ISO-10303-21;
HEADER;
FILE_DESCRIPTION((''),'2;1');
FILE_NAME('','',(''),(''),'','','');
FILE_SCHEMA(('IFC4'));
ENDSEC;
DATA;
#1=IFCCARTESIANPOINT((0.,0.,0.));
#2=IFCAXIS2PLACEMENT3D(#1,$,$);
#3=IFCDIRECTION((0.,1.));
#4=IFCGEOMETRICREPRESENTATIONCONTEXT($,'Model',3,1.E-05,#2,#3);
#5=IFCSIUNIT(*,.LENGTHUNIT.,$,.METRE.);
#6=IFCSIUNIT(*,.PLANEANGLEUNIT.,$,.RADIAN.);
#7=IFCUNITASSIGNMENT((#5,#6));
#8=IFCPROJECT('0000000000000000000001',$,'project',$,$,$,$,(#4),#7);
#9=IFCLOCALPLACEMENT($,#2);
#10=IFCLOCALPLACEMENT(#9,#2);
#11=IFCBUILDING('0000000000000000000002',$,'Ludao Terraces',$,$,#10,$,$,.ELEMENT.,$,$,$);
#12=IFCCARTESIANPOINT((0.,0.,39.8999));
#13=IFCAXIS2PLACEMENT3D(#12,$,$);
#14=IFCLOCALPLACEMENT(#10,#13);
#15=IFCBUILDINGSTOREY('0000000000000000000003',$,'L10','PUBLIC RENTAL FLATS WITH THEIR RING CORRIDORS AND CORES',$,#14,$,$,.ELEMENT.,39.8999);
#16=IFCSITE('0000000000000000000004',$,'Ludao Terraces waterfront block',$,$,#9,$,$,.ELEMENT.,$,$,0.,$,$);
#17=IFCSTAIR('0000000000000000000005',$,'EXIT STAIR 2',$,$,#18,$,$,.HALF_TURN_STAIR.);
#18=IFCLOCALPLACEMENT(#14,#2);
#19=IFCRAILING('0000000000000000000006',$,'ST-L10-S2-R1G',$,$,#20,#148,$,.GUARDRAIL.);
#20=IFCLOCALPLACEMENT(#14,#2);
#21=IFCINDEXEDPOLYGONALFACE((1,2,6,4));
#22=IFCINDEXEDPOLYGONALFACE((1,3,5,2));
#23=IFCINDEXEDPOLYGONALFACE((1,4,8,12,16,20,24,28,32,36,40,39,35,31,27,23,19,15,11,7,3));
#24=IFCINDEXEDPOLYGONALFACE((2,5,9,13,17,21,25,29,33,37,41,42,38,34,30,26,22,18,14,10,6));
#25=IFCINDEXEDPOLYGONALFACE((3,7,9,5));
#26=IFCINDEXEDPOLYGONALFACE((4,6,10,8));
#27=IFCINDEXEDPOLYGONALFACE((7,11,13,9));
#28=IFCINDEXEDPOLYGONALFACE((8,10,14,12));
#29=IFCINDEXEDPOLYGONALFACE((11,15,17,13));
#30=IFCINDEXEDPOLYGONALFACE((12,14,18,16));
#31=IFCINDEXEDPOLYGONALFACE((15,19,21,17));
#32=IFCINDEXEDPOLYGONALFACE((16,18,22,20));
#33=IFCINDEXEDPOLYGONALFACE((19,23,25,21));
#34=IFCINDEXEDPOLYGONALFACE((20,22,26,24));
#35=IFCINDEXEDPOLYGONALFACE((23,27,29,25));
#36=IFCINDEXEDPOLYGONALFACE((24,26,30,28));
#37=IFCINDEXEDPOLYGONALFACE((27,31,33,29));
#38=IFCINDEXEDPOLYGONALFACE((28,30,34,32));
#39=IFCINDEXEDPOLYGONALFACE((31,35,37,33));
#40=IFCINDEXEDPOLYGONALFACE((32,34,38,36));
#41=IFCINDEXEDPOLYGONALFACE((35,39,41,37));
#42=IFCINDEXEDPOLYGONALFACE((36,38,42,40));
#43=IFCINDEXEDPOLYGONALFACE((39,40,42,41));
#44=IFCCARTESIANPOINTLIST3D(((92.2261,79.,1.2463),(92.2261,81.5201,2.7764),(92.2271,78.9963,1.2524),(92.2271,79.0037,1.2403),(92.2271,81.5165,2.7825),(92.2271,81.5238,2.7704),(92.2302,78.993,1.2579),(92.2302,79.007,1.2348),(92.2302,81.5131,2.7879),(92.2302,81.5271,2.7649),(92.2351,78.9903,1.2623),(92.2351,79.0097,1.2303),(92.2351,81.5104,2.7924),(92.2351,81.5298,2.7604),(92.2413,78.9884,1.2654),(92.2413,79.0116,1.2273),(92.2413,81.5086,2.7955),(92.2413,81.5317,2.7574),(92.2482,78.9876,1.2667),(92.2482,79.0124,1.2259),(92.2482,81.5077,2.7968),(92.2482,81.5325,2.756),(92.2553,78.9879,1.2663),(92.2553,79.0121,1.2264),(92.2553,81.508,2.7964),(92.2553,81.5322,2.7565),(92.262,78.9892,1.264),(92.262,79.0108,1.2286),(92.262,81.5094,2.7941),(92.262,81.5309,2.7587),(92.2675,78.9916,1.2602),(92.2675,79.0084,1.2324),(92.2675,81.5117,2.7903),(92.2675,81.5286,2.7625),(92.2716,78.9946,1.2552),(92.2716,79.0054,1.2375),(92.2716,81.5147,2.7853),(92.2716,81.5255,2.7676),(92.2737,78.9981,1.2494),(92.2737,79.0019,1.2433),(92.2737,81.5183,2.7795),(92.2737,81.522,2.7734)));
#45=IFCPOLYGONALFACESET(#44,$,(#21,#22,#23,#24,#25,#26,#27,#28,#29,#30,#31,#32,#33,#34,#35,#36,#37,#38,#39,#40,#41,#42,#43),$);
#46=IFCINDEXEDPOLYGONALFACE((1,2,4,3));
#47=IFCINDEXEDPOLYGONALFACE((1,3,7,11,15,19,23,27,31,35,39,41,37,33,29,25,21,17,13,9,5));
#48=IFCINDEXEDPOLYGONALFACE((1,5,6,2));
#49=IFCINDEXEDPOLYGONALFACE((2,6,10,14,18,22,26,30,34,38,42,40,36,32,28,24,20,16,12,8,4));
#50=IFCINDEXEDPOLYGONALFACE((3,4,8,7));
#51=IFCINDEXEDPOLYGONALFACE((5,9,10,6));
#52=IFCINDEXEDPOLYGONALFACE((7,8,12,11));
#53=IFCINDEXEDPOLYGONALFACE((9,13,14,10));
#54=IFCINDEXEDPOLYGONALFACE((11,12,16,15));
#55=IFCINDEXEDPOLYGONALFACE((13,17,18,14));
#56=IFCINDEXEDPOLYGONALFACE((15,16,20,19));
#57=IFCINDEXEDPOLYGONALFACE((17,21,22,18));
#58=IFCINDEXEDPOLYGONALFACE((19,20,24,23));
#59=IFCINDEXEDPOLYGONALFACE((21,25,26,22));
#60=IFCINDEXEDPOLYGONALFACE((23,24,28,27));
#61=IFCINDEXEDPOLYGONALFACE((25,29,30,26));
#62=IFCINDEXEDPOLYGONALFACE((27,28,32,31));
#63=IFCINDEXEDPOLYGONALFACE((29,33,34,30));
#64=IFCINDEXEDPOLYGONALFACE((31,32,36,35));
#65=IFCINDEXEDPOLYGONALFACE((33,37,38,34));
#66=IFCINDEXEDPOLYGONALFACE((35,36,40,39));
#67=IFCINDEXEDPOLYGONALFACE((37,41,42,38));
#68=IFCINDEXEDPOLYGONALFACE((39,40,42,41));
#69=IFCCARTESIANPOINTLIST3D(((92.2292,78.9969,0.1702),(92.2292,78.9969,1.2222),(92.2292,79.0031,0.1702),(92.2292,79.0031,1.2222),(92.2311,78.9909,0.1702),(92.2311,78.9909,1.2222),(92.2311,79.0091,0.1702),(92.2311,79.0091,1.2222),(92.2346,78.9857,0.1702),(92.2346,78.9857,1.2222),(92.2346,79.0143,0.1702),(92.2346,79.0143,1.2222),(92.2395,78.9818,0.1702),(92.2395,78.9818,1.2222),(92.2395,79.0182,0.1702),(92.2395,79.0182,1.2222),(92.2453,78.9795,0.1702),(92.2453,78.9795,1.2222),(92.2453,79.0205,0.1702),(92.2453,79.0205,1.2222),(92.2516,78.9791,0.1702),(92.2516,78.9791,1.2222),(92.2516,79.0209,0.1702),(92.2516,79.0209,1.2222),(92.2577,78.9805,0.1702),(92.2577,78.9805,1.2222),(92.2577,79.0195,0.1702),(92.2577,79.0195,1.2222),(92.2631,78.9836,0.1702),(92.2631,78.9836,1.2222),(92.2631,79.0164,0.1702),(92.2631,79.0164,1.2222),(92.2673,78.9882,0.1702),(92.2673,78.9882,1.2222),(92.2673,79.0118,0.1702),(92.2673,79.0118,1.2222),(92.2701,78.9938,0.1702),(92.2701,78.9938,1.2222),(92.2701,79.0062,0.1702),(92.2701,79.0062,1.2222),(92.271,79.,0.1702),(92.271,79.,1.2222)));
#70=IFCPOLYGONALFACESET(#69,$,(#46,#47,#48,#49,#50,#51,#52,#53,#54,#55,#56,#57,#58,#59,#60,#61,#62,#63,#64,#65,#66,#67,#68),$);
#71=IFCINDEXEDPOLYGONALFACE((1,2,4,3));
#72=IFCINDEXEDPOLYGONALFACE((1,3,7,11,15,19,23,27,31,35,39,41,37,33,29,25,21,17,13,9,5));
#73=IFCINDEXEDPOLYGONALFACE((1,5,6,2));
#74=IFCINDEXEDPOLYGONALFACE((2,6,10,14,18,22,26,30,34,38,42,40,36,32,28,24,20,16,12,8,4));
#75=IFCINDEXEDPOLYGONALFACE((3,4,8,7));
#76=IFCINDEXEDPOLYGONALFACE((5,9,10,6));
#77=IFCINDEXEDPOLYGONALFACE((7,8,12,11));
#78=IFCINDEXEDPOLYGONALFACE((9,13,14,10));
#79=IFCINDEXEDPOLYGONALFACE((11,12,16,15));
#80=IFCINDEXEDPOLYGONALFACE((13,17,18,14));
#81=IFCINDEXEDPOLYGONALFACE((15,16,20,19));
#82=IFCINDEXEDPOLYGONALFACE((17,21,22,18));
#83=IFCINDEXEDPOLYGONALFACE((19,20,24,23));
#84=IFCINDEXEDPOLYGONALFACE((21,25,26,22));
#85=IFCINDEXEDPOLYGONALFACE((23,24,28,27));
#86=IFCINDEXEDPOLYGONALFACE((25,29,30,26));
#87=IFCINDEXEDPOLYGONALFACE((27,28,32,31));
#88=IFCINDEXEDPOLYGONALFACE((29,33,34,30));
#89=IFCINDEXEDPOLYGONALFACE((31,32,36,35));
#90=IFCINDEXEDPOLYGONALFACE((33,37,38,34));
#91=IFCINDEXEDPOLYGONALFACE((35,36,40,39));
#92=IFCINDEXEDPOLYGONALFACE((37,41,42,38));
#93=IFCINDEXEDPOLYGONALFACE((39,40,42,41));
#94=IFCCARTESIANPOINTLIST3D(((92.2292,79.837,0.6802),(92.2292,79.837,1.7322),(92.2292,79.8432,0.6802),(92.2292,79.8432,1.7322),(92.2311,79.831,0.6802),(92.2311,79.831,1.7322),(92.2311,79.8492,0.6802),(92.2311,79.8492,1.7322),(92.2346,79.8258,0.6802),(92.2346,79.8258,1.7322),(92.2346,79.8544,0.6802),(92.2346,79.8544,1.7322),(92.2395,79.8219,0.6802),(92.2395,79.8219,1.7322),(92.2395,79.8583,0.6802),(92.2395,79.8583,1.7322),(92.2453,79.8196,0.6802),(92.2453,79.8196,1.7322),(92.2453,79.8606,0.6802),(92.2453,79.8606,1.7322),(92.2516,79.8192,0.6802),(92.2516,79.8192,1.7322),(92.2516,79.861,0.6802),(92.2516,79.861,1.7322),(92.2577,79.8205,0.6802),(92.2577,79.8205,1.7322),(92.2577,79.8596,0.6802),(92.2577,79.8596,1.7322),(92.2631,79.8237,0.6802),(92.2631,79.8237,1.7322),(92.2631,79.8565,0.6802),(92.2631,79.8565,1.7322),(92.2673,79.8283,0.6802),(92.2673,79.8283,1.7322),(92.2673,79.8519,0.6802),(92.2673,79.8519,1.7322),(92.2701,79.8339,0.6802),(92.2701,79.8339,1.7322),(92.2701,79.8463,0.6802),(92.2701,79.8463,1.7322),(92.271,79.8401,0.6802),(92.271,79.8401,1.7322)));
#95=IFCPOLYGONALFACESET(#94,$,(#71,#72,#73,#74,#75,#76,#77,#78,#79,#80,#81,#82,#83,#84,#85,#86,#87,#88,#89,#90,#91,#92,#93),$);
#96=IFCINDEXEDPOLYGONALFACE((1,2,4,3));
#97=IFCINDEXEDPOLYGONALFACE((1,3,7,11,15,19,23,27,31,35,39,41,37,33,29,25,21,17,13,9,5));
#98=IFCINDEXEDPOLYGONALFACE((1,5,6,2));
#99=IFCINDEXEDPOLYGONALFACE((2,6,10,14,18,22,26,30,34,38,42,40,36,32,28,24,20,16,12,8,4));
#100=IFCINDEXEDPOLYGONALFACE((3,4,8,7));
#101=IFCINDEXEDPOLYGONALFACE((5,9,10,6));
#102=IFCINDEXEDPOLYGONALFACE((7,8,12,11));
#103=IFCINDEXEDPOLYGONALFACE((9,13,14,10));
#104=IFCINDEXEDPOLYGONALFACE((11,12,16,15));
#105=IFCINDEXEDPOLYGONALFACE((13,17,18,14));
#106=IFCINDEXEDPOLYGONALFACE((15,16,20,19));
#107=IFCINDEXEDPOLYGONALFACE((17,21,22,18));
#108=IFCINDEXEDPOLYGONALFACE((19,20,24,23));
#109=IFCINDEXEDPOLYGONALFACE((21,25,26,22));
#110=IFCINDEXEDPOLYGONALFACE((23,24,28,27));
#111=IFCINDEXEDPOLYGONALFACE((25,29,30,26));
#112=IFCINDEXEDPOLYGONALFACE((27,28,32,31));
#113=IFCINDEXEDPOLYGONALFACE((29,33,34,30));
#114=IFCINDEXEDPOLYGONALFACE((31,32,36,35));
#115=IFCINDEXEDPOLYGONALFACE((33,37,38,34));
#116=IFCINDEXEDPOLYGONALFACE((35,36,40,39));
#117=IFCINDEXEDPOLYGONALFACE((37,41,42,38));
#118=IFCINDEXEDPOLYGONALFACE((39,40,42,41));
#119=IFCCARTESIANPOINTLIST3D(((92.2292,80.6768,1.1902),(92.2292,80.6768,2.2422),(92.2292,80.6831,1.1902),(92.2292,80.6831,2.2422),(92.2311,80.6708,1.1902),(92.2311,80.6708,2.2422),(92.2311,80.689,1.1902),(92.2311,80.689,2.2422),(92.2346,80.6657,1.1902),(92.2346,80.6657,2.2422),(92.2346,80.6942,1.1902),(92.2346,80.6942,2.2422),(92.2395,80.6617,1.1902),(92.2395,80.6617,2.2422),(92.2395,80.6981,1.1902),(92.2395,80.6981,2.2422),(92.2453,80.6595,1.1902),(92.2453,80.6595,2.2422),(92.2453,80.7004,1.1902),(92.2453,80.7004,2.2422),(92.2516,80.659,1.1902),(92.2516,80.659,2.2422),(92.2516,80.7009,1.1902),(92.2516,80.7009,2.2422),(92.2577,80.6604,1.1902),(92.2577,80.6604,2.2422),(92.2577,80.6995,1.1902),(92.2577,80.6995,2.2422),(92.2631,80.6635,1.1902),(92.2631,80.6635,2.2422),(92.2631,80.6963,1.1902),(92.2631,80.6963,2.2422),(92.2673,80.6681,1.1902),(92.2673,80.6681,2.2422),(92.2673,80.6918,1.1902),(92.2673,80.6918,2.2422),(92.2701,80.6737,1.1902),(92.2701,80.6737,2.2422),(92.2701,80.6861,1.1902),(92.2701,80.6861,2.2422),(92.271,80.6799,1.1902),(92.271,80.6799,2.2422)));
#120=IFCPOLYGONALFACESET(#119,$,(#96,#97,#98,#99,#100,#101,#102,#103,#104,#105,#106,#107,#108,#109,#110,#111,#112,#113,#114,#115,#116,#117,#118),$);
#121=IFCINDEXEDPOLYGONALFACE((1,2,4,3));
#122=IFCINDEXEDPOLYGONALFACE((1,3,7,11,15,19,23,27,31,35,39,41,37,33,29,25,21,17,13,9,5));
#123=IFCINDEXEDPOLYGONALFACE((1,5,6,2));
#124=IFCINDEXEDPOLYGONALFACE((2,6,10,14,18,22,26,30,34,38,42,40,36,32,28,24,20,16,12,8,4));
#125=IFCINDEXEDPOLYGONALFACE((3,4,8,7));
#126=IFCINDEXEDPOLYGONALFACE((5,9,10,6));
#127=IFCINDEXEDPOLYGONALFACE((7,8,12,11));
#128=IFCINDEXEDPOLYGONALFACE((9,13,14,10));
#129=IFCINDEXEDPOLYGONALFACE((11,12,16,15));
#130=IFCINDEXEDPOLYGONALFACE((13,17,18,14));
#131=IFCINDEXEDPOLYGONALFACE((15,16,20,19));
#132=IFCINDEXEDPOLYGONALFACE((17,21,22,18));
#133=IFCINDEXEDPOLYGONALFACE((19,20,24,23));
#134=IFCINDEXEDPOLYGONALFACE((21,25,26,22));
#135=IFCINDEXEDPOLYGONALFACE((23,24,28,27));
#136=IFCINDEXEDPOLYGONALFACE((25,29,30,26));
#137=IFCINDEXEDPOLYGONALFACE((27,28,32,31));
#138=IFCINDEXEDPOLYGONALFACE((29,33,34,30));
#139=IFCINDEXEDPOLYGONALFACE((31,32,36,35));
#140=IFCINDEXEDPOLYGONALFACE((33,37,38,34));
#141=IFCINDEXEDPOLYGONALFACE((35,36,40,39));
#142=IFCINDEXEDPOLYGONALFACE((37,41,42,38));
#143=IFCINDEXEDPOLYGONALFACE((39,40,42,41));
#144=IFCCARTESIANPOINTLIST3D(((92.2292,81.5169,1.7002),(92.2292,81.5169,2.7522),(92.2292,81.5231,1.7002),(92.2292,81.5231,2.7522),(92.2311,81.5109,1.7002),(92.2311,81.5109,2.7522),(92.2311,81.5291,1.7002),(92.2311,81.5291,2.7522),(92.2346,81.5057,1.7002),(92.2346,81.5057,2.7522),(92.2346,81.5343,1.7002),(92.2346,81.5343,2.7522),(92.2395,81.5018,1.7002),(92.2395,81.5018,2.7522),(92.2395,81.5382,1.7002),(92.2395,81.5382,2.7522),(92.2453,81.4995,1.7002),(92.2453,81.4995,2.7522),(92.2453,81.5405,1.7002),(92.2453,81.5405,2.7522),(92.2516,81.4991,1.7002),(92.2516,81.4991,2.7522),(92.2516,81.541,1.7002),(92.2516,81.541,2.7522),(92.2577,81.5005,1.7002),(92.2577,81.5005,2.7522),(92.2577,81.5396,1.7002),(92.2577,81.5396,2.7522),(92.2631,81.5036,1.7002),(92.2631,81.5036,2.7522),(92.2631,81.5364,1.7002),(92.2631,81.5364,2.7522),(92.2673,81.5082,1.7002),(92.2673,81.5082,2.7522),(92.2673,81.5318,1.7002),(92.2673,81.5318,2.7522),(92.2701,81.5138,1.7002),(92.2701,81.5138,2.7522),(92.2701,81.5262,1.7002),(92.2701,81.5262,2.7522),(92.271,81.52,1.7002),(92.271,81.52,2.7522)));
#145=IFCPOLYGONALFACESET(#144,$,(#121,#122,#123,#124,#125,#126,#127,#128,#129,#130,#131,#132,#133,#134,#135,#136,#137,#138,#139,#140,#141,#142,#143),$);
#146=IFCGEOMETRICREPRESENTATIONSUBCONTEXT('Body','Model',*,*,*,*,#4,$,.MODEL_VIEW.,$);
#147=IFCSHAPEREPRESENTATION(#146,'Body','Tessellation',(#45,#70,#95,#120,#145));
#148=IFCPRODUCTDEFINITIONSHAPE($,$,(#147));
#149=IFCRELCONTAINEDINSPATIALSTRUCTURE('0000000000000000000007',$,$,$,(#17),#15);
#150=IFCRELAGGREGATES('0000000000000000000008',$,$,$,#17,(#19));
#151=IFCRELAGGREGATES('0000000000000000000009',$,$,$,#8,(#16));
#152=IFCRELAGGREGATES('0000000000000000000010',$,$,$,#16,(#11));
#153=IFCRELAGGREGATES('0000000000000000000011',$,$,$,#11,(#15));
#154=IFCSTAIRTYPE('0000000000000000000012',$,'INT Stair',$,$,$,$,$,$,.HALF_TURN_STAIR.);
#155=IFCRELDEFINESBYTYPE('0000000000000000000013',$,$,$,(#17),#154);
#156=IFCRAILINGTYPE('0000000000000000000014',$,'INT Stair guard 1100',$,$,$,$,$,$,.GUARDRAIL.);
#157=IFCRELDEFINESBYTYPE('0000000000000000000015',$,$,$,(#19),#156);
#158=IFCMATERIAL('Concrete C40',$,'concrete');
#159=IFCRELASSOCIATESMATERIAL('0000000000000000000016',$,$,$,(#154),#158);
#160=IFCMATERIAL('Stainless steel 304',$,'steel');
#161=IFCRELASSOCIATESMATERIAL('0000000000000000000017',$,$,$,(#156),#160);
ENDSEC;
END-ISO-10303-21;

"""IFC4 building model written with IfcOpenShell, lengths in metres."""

from ifc_helpers import new_model, si_unit, direction, frame, origin, origin_2d, place, context, subcontext, project, spatial, circle, extrude, material, type_object, element, aggregate, save


model = new_model("IFC4")

# Units and contexts
model_context = context("Model", 3, precision=1e-05, world=origin(), true_north=direction((0.0, 1.0)))
body_context = subcontext(model_context, "Body", "Model", "MODEL_VIEW")
ifc_project = project(units=[si_unit("LENGTHUNIT", "METRE"), si_unit("PLANEANGLEUNIT", "RADIAN")], contexts=[model_context])

# Site, building, storey
site_placement = place(None, origin())
site = spatial("IfcSite", under=ifc_project, at=site_placement, Name="Ludao Terraces waterfront block", CompositionType="ELEMENT", RefElevation=0.0)
building_placement = place(site_placement, origin())
building = spatial("IfcBuilding", under=site, at=building_placement, Name="Ludao Terraces", CompositionType="ELEMENT")
storey_placement = place(building_placement, frame((0.0, 0.0, 39.8999)))
storey = spatial("IfcBuildingStorey", under=building, at=storey_placement, Name="L10", Description="PUBLIC RENTAL FLATS WITH THEIR RING CORRIDORS AND CORES", CompositionType="ELEMENT", Elevation=39.8999)

# Stair, railing
ifc_material_1 = material(Name="Concrete C40", Category="concrete")
stair_type = type_object("IfcStairType", Name="INT Stair", PredefinedType="HALF_TURN_STAIR", material=ifc_material_1)
stair_placement = place(storey_placement, origin())
stair = element("IfcStair", 1, at=stair_placement, inside=storey, type_object=stair_type, Name="EXIT STAIR 2", PredefinedType="HALF_TURN_STAIR")
ifc_material_2 = material(Name="Stainless steel 304", Category="steel")
railing_type_1 = type_object("IfcRailingType", Name="INT Stair guard 1100", PredefinedType="GUARDRAIL", material=ifc_material_2)
railing_1_placement = place(storey_placement, frame((92.25, 79.0, 0.1702)))
railing_1 = element("IfcRailing", 2, at=railing_1_placement, type_object=railing_type_1, Name="ST-L10-S2-R1G", PredefinedType="GUARDRAIL", context=body_context, shape_type="SweptSolid", body=[
    extrude(circle(Radius=0.0239, at=origin_2d()), frame((0.0, 0.0, 1.0762), z_axis=(0.0, 0.854785, 0.518982), x_axis=(-1.0, 0.0, 0.0)), (0.0, 0.0, 1.0), 2.9482),
    extrude(circle(Radius=0.021, at=origin_2d()), origin(), (0.0, 0.0, 1.0), 1.052),
    extrude(circle(Radius=0.021, at=origin_2d()), frame((0.0, 0.8401, 0.51)), (0.0, 0.0, 1.0), 1.052),
    extrude(circle(Radius=0.021, at=origin_2d()), frame((0.0, 1.6799, 1.02)), (0.0, 0.0, 1.0), 1.052),
    extrude(circle(Radius=0.021, at=origin_2d()), frame((0.0, 2.52, 1.53)), (0.0, 0.0, 1.0), 1.052),
])
aggregate(stair, [railing_1])

save(model, "model.ifc")
